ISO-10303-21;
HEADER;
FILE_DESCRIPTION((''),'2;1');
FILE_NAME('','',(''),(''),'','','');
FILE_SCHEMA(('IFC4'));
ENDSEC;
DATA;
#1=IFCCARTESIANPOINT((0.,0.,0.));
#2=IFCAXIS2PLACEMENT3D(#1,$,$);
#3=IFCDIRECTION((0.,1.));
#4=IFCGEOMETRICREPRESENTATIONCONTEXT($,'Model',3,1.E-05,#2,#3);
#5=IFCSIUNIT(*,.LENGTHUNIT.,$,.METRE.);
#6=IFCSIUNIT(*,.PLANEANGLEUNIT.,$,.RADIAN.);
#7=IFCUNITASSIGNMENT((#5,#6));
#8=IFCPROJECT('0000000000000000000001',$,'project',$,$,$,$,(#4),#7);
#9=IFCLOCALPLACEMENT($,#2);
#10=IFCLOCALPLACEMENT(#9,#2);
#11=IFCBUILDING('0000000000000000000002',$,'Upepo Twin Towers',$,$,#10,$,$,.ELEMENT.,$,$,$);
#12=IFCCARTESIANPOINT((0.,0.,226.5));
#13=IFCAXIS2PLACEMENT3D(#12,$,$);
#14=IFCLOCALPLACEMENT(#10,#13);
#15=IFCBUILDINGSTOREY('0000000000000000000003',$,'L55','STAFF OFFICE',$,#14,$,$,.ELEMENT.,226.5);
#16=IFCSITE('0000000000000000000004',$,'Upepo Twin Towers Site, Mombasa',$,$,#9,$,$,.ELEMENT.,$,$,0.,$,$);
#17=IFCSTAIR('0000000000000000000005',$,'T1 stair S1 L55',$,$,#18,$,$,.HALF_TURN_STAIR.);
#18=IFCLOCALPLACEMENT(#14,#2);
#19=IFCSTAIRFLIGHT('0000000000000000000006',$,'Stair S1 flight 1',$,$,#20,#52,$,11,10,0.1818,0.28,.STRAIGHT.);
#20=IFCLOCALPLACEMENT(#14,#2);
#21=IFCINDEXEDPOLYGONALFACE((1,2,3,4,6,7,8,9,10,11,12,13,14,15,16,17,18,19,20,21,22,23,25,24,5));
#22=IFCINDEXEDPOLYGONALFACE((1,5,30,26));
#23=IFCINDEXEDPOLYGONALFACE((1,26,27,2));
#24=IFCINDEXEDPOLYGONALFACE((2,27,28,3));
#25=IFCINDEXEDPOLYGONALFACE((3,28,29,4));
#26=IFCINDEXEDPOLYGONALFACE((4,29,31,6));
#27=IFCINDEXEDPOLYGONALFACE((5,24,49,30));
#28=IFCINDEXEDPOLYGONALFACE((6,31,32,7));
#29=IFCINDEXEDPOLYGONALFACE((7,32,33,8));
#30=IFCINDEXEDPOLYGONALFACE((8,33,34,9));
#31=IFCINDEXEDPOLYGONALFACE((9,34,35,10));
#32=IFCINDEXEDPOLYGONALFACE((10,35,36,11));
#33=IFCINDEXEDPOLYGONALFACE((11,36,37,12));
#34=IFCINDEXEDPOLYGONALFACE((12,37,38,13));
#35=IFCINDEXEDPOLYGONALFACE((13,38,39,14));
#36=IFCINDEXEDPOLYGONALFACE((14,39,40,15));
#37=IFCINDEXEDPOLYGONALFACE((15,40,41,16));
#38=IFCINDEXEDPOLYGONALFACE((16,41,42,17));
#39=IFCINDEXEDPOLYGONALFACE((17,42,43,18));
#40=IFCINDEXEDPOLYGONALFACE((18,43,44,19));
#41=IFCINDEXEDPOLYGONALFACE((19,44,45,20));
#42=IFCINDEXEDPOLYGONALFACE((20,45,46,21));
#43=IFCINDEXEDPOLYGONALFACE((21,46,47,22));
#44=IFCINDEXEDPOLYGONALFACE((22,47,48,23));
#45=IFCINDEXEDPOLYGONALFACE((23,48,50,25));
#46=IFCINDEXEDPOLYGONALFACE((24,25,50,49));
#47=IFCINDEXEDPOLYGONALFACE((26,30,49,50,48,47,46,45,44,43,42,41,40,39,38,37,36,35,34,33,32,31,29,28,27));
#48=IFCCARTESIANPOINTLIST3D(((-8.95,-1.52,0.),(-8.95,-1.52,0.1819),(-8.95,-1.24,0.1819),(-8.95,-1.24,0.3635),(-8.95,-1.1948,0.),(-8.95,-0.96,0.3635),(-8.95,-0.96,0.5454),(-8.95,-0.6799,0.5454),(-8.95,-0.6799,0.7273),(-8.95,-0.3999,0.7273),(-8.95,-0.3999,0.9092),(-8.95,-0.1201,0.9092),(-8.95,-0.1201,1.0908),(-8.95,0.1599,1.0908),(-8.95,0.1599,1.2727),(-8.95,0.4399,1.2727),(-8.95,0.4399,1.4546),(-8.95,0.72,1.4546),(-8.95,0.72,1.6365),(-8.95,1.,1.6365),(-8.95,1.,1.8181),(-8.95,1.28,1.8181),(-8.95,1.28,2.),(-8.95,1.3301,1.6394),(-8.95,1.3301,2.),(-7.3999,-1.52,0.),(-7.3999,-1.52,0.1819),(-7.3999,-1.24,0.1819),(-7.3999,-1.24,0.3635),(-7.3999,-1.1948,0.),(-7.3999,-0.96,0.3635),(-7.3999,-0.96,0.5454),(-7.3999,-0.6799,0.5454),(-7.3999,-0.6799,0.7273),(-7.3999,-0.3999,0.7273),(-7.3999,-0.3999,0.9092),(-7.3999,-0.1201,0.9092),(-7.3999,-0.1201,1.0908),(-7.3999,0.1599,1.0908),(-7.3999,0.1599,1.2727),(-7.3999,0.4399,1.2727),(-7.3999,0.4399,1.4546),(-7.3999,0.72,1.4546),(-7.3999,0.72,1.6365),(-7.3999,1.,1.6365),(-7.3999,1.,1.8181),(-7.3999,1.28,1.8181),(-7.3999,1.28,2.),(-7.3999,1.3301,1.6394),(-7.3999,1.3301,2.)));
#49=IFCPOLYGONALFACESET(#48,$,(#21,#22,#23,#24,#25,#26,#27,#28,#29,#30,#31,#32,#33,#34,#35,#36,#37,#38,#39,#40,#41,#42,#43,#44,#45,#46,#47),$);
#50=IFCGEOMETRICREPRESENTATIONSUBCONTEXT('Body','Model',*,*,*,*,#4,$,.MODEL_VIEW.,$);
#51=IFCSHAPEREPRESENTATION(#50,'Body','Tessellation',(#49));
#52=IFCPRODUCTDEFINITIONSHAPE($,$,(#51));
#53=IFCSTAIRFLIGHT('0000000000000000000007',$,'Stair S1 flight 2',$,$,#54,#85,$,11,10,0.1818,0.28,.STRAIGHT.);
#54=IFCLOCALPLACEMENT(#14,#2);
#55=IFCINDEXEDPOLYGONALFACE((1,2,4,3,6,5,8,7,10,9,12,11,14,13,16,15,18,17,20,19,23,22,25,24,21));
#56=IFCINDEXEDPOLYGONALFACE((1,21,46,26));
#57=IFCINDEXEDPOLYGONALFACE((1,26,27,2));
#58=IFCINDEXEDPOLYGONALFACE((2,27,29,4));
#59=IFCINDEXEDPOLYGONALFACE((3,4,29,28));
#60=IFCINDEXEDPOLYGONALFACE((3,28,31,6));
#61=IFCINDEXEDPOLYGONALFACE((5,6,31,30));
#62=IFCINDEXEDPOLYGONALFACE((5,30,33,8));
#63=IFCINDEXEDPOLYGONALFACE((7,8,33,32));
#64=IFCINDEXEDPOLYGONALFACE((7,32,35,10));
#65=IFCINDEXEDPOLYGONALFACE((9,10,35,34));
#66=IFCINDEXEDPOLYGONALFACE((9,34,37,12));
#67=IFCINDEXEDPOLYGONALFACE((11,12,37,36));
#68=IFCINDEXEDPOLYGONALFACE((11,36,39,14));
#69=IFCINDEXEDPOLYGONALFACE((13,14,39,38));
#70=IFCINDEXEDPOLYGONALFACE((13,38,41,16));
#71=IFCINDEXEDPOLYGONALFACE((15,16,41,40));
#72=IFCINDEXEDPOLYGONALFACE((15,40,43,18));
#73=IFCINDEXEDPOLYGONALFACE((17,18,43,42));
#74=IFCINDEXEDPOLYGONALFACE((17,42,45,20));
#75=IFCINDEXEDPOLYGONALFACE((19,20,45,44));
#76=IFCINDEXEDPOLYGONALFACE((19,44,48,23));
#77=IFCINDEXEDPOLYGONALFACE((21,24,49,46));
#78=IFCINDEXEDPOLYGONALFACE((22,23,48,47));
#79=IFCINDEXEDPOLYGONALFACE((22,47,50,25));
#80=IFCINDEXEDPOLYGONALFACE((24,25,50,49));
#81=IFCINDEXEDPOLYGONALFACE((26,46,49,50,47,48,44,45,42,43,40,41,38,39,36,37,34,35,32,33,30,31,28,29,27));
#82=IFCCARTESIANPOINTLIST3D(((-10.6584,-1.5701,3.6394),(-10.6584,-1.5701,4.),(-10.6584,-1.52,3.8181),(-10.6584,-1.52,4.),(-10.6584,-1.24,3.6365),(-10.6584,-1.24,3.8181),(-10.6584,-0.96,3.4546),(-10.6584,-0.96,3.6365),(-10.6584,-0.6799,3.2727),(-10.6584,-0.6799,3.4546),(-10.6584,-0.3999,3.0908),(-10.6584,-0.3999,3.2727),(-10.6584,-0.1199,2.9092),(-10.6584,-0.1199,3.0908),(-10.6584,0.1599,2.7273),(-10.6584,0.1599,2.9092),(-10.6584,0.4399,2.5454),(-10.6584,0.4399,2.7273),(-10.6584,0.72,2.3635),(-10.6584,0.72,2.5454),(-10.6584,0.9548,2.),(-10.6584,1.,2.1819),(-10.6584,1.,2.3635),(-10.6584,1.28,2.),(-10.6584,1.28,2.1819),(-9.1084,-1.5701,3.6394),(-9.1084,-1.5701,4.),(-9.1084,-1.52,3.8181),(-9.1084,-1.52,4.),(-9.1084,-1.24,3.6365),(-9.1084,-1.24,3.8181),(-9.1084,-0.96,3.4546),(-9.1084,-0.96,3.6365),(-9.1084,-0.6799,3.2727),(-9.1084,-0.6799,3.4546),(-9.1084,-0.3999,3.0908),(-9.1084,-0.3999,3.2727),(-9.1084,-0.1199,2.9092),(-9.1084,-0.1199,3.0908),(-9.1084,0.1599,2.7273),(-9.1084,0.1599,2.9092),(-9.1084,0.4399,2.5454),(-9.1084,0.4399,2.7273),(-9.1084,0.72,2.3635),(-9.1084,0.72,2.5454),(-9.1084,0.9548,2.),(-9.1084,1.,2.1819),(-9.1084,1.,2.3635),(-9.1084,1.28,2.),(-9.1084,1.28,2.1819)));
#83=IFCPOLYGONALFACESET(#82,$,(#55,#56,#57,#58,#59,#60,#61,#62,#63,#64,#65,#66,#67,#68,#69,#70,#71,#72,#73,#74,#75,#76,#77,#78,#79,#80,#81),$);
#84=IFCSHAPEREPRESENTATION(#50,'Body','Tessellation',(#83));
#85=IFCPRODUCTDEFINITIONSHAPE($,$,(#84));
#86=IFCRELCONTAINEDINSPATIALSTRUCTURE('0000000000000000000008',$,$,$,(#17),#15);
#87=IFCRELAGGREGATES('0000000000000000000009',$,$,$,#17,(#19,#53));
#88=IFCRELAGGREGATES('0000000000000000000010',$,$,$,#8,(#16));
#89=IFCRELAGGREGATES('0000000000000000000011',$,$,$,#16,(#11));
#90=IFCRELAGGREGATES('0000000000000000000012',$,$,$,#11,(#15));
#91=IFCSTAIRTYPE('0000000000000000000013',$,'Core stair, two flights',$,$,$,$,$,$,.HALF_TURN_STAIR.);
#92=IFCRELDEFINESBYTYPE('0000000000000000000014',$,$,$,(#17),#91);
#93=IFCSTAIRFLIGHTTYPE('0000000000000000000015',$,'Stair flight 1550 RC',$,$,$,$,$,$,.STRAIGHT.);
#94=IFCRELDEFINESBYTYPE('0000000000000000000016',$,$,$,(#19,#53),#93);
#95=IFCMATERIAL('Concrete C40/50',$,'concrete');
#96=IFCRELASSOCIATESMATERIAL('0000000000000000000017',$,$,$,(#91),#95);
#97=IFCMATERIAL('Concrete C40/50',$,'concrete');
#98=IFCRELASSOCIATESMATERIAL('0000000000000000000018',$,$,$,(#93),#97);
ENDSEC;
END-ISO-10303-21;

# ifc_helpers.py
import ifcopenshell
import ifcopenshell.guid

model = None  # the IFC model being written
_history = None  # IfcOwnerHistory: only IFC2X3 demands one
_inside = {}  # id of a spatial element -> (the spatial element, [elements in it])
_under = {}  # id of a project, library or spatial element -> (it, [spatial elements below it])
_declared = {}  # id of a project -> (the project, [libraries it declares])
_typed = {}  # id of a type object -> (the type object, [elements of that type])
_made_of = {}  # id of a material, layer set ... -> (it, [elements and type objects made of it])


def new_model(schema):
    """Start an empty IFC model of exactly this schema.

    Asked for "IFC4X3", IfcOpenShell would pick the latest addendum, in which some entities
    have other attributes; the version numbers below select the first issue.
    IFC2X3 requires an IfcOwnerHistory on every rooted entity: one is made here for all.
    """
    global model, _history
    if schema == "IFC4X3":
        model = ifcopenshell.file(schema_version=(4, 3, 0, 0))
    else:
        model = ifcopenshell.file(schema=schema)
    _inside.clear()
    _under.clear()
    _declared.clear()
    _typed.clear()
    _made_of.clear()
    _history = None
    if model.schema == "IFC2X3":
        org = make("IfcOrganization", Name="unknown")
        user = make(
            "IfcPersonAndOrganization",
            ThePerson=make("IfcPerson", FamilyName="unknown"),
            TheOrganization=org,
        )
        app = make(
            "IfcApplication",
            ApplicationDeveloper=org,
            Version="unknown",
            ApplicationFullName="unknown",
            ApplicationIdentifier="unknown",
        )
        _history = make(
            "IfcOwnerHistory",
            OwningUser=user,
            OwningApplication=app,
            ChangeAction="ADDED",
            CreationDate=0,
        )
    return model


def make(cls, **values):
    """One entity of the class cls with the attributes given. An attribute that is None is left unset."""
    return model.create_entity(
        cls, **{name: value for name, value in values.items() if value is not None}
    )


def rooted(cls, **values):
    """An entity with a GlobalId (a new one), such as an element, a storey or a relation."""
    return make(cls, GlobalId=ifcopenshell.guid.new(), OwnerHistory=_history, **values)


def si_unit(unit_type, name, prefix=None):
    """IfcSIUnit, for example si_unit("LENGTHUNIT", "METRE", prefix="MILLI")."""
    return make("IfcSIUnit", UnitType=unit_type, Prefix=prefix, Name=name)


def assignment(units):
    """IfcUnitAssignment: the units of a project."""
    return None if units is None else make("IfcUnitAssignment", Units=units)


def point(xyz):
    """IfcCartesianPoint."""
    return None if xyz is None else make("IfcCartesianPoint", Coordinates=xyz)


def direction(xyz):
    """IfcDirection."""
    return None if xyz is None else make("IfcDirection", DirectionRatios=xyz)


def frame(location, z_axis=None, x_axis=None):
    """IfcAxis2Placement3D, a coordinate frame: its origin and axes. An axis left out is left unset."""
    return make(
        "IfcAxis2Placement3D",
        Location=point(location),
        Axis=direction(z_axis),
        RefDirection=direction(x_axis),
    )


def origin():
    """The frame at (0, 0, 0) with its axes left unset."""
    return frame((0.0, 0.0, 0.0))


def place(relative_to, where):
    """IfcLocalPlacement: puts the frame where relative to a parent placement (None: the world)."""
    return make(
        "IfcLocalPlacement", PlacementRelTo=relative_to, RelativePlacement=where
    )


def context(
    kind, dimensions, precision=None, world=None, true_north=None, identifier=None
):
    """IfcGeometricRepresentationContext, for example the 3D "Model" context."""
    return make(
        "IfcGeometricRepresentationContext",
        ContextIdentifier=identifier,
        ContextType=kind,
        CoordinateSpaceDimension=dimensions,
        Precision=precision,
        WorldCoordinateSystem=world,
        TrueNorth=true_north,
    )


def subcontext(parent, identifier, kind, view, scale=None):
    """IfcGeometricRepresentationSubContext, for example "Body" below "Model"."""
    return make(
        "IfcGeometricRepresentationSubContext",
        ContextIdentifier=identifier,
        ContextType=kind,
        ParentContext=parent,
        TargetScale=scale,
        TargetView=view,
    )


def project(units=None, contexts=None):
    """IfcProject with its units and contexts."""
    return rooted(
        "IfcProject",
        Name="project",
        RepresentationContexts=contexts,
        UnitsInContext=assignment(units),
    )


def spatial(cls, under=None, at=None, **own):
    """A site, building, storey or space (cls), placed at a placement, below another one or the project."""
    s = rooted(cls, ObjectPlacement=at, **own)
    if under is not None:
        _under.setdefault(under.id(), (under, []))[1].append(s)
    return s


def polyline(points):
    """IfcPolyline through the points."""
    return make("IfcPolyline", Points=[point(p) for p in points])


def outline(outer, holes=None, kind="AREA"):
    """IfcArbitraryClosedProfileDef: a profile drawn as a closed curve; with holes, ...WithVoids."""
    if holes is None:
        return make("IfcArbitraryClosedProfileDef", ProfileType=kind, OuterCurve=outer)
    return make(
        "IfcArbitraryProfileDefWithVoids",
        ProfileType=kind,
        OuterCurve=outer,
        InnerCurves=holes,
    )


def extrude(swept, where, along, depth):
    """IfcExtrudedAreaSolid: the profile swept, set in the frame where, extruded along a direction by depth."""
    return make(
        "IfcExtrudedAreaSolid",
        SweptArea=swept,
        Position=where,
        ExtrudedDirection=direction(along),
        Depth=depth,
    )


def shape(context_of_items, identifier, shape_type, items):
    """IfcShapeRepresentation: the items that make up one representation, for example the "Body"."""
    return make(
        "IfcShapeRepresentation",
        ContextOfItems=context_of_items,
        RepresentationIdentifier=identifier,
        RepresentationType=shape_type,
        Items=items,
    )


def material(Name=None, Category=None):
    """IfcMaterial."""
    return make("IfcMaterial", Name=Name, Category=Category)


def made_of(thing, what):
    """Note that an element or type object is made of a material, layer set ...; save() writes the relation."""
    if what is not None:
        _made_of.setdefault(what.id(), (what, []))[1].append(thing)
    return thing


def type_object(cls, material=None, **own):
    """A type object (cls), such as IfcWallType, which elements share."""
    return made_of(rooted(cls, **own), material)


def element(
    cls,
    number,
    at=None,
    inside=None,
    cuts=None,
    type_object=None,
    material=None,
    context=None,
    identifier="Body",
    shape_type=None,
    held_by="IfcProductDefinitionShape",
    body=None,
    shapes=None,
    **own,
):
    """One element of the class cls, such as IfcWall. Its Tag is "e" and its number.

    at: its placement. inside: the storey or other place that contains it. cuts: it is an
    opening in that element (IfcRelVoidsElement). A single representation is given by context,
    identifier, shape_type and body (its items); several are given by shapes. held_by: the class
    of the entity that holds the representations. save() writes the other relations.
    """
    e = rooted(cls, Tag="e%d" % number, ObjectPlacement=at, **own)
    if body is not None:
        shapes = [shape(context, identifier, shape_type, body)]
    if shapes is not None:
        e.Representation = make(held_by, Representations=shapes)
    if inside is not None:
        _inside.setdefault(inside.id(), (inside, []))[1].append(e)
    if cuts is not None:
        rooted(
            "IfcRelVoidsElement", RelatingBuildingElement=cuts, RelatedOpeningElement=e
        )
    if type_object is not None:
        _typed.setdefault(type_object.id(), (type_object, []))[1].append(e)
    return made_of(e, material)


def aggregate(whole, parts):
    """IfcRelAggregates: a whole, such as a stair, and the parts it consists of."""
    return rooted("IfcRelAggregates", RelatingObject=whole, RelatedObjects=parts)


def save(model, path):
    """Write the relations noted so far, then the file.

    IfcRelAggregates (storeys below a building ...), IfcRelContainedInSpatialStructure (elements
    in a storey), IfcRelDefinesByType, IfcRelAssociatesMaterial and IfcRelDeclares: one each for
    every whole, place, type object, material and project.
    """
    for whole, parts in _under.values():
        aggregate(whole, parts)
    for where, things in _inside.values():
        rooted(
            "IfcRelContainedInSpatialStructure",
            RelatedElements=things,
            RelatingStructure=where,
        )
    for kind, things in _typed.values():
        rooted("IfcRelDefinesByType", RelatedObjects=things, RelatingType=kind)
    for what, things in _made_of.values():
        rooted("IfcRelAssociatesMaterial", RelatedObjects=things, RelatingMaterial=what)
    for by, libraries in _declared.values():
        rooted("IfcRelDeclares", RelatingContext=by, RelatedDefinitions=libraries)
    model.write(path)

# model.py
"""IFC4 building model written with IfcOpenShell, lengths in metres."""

from ifc_helpers import new_model, si_unit, direction, frame, origin, place, context, subcontext, project, spatial, polyline, outline, extrude, material, type_object, element, aggregate, save


model = new_model("IFC4")

# Units and contexts
model_context = context("Model", 3, precision=1e-05, world=origin(), true_north=direction((0.0, 1.0)))
body_context = subcontext(model_context, "Body", "Model", "MODEL_VIEW")
ifc_project = project(units=[si_unit("LENGTHUNIT", "METRE"), si_unit("PLANEANGLEUNIT", "RADIAN")], contexts=[model_context])

# Site, building, storey
site_placement = place(None, origin())
site = spatial("IfcSite", under=ifc_project, at=site_placement, Name="Upepo Twin Towers Site, Mombasa", CompositionType="ELEMENT", RefElevation=0.0)
building_placement = place(site_placement, origin())
building = spatial("IfcBuilding", under=site, at=building_placement, Name="Upepo Twin Towers", CompositionType="ELEMENT")
storey_placement = place(building_placement, frame((0.0, 0.0, 226.5)))
storey = spatial("IfcBuildingStorey", under=building, at=storey_placement, Name="L55", Description="STAFF OFFICE", CompositionType="ELEMENT", Elevation=226.5)

# Stair, stair flights
ifc_material_1 = material(Name="Concrete C40/50", Category="concrete")
stair_type = type_object("IfcStairType", Name="Core stair, two flights", PredefinedType="HALF_TURN_STAIR", material=ifc_material_1)
stair_placement = place(storey_placement, origin())
stair = element("IfcStair", 1, at=stair_placement, inside=storey, type_object=stair_type, Name="T1 stair S1 L55", PredefinedType="HALF_TURN_STAIR")
ifc_material_2 = material(Name="Concrete C40/50", Category="concrete")
stair_flight_type = type_object("IfcStairFlightType", Name="Stair flight 1550 RC", PredefinedType="STRAIGHT", material=ifc_material_2)
stair_flight_1_placement = place(storey_placement, frame((-8.175, -1.52, 0.0), z_axis=(0.0, 0.0, 1.0), x_axis=(0.0, 1.0, 0.0)))
stair_flight_1 = element("IfcStairFlight", 2, at=stair_flight_1_placement, type_object=stair_flight_type, Name="Stair S1 flight 1", NumberOfRisers=11, NumberOfTreads=10, PredefinedType="STRAIGHT", RiserHeight=0.1818, TreadLength=0.28, context=body_context, shape_type="SweptSolid", body=[
    extrude(outline(polyline([(0.0, 0.0), (0.0, 0.1819), (0.28, 0.1819), (0.28, 0.3635), (0.5601, 0.3635), (0.5601, 0.5454), (0.8401, 0.5454), (0.8401, 0.7273), (1.1201, 0.7273), (1.1201, 0.9092), (1.3999, 0.9092), (1.3999, 1.0908), (1.6799, 1.0908), (1.6799, 1.2727), (1.96, 1.2727), (1.96, 1.4546), (2.24, 1.4546), (2.24, 1.6365), (2.52, 1.6365), (2.52, 1.8181), (2.8, 1.8181), (2.8, 2.0), (2.8501, 2.0), (2.8501, 1.6394), (0.3252, 0.0), (0.0, 0.0)])), frame((0.0, 0.7749, 0.0), z_axis=(0.0, -1.0, 0.0), x_axis=(1.0, 0.0, 0.0)), (0.0, 0.0, 1.0), 1.55),
])
stair_flight_2_placement = place(storey_placement, frame((-9.8833, 1.28, 2.0), z_axis=(0.0, 0.0, 1.0), x_axis=(0.0, -1.0, 0.0)))
stair_flight_2 = element("IfcStairFlight", 3, at=stair_flight_2_placement, type_object=stair_flight_type, Name="Stair S1 flight 2", NumberOfRisers=11, NumberOfTreads=10, PredefinedType="STRAIGHT", RiserHeight=0.1818, TreadLength=0.28, context=body_context, shape_type="SweptSolid", body=[
    extrude(outline(polyline([(0.0, 0.0), (0.0, 0.1819), (0.28, 0.1819), (0.28, 0.3635), (0.5601, 0.3635), (0.5601, 0.5454), (0.8401, 0.5454), (0.8401, 0.7273), (1.1201, 0.7273), (1.1201, 0.9092), (1.3999, 0.9092), (1.3999, 1.0908), (1.6799, 1.0908), (1.6799, 1.2727), (1.96, 1.2727), (1.96, 1.4546), (2.24, 1.4546), (2.24, 1.6365), (2.52, 1.6365), (2.52, 1.8181), (2.8, 1.8181), (2.8, 2.0), (2.8501, 2.0), (2.8501, 1.6394), (0.3252, 0.0), (0.0, 0.0)])), frame((0.0, 0.7749, 0.0), z_axis=(0.0, -1.0, 0.0), x_axis=(1.0, 0.0, 0.0)), (0.0, 0.0, 1.0), 1.55),
])
aggregate(stair, [stair_flight_1, stair_flight_2])

save(model, "model.ifc")
